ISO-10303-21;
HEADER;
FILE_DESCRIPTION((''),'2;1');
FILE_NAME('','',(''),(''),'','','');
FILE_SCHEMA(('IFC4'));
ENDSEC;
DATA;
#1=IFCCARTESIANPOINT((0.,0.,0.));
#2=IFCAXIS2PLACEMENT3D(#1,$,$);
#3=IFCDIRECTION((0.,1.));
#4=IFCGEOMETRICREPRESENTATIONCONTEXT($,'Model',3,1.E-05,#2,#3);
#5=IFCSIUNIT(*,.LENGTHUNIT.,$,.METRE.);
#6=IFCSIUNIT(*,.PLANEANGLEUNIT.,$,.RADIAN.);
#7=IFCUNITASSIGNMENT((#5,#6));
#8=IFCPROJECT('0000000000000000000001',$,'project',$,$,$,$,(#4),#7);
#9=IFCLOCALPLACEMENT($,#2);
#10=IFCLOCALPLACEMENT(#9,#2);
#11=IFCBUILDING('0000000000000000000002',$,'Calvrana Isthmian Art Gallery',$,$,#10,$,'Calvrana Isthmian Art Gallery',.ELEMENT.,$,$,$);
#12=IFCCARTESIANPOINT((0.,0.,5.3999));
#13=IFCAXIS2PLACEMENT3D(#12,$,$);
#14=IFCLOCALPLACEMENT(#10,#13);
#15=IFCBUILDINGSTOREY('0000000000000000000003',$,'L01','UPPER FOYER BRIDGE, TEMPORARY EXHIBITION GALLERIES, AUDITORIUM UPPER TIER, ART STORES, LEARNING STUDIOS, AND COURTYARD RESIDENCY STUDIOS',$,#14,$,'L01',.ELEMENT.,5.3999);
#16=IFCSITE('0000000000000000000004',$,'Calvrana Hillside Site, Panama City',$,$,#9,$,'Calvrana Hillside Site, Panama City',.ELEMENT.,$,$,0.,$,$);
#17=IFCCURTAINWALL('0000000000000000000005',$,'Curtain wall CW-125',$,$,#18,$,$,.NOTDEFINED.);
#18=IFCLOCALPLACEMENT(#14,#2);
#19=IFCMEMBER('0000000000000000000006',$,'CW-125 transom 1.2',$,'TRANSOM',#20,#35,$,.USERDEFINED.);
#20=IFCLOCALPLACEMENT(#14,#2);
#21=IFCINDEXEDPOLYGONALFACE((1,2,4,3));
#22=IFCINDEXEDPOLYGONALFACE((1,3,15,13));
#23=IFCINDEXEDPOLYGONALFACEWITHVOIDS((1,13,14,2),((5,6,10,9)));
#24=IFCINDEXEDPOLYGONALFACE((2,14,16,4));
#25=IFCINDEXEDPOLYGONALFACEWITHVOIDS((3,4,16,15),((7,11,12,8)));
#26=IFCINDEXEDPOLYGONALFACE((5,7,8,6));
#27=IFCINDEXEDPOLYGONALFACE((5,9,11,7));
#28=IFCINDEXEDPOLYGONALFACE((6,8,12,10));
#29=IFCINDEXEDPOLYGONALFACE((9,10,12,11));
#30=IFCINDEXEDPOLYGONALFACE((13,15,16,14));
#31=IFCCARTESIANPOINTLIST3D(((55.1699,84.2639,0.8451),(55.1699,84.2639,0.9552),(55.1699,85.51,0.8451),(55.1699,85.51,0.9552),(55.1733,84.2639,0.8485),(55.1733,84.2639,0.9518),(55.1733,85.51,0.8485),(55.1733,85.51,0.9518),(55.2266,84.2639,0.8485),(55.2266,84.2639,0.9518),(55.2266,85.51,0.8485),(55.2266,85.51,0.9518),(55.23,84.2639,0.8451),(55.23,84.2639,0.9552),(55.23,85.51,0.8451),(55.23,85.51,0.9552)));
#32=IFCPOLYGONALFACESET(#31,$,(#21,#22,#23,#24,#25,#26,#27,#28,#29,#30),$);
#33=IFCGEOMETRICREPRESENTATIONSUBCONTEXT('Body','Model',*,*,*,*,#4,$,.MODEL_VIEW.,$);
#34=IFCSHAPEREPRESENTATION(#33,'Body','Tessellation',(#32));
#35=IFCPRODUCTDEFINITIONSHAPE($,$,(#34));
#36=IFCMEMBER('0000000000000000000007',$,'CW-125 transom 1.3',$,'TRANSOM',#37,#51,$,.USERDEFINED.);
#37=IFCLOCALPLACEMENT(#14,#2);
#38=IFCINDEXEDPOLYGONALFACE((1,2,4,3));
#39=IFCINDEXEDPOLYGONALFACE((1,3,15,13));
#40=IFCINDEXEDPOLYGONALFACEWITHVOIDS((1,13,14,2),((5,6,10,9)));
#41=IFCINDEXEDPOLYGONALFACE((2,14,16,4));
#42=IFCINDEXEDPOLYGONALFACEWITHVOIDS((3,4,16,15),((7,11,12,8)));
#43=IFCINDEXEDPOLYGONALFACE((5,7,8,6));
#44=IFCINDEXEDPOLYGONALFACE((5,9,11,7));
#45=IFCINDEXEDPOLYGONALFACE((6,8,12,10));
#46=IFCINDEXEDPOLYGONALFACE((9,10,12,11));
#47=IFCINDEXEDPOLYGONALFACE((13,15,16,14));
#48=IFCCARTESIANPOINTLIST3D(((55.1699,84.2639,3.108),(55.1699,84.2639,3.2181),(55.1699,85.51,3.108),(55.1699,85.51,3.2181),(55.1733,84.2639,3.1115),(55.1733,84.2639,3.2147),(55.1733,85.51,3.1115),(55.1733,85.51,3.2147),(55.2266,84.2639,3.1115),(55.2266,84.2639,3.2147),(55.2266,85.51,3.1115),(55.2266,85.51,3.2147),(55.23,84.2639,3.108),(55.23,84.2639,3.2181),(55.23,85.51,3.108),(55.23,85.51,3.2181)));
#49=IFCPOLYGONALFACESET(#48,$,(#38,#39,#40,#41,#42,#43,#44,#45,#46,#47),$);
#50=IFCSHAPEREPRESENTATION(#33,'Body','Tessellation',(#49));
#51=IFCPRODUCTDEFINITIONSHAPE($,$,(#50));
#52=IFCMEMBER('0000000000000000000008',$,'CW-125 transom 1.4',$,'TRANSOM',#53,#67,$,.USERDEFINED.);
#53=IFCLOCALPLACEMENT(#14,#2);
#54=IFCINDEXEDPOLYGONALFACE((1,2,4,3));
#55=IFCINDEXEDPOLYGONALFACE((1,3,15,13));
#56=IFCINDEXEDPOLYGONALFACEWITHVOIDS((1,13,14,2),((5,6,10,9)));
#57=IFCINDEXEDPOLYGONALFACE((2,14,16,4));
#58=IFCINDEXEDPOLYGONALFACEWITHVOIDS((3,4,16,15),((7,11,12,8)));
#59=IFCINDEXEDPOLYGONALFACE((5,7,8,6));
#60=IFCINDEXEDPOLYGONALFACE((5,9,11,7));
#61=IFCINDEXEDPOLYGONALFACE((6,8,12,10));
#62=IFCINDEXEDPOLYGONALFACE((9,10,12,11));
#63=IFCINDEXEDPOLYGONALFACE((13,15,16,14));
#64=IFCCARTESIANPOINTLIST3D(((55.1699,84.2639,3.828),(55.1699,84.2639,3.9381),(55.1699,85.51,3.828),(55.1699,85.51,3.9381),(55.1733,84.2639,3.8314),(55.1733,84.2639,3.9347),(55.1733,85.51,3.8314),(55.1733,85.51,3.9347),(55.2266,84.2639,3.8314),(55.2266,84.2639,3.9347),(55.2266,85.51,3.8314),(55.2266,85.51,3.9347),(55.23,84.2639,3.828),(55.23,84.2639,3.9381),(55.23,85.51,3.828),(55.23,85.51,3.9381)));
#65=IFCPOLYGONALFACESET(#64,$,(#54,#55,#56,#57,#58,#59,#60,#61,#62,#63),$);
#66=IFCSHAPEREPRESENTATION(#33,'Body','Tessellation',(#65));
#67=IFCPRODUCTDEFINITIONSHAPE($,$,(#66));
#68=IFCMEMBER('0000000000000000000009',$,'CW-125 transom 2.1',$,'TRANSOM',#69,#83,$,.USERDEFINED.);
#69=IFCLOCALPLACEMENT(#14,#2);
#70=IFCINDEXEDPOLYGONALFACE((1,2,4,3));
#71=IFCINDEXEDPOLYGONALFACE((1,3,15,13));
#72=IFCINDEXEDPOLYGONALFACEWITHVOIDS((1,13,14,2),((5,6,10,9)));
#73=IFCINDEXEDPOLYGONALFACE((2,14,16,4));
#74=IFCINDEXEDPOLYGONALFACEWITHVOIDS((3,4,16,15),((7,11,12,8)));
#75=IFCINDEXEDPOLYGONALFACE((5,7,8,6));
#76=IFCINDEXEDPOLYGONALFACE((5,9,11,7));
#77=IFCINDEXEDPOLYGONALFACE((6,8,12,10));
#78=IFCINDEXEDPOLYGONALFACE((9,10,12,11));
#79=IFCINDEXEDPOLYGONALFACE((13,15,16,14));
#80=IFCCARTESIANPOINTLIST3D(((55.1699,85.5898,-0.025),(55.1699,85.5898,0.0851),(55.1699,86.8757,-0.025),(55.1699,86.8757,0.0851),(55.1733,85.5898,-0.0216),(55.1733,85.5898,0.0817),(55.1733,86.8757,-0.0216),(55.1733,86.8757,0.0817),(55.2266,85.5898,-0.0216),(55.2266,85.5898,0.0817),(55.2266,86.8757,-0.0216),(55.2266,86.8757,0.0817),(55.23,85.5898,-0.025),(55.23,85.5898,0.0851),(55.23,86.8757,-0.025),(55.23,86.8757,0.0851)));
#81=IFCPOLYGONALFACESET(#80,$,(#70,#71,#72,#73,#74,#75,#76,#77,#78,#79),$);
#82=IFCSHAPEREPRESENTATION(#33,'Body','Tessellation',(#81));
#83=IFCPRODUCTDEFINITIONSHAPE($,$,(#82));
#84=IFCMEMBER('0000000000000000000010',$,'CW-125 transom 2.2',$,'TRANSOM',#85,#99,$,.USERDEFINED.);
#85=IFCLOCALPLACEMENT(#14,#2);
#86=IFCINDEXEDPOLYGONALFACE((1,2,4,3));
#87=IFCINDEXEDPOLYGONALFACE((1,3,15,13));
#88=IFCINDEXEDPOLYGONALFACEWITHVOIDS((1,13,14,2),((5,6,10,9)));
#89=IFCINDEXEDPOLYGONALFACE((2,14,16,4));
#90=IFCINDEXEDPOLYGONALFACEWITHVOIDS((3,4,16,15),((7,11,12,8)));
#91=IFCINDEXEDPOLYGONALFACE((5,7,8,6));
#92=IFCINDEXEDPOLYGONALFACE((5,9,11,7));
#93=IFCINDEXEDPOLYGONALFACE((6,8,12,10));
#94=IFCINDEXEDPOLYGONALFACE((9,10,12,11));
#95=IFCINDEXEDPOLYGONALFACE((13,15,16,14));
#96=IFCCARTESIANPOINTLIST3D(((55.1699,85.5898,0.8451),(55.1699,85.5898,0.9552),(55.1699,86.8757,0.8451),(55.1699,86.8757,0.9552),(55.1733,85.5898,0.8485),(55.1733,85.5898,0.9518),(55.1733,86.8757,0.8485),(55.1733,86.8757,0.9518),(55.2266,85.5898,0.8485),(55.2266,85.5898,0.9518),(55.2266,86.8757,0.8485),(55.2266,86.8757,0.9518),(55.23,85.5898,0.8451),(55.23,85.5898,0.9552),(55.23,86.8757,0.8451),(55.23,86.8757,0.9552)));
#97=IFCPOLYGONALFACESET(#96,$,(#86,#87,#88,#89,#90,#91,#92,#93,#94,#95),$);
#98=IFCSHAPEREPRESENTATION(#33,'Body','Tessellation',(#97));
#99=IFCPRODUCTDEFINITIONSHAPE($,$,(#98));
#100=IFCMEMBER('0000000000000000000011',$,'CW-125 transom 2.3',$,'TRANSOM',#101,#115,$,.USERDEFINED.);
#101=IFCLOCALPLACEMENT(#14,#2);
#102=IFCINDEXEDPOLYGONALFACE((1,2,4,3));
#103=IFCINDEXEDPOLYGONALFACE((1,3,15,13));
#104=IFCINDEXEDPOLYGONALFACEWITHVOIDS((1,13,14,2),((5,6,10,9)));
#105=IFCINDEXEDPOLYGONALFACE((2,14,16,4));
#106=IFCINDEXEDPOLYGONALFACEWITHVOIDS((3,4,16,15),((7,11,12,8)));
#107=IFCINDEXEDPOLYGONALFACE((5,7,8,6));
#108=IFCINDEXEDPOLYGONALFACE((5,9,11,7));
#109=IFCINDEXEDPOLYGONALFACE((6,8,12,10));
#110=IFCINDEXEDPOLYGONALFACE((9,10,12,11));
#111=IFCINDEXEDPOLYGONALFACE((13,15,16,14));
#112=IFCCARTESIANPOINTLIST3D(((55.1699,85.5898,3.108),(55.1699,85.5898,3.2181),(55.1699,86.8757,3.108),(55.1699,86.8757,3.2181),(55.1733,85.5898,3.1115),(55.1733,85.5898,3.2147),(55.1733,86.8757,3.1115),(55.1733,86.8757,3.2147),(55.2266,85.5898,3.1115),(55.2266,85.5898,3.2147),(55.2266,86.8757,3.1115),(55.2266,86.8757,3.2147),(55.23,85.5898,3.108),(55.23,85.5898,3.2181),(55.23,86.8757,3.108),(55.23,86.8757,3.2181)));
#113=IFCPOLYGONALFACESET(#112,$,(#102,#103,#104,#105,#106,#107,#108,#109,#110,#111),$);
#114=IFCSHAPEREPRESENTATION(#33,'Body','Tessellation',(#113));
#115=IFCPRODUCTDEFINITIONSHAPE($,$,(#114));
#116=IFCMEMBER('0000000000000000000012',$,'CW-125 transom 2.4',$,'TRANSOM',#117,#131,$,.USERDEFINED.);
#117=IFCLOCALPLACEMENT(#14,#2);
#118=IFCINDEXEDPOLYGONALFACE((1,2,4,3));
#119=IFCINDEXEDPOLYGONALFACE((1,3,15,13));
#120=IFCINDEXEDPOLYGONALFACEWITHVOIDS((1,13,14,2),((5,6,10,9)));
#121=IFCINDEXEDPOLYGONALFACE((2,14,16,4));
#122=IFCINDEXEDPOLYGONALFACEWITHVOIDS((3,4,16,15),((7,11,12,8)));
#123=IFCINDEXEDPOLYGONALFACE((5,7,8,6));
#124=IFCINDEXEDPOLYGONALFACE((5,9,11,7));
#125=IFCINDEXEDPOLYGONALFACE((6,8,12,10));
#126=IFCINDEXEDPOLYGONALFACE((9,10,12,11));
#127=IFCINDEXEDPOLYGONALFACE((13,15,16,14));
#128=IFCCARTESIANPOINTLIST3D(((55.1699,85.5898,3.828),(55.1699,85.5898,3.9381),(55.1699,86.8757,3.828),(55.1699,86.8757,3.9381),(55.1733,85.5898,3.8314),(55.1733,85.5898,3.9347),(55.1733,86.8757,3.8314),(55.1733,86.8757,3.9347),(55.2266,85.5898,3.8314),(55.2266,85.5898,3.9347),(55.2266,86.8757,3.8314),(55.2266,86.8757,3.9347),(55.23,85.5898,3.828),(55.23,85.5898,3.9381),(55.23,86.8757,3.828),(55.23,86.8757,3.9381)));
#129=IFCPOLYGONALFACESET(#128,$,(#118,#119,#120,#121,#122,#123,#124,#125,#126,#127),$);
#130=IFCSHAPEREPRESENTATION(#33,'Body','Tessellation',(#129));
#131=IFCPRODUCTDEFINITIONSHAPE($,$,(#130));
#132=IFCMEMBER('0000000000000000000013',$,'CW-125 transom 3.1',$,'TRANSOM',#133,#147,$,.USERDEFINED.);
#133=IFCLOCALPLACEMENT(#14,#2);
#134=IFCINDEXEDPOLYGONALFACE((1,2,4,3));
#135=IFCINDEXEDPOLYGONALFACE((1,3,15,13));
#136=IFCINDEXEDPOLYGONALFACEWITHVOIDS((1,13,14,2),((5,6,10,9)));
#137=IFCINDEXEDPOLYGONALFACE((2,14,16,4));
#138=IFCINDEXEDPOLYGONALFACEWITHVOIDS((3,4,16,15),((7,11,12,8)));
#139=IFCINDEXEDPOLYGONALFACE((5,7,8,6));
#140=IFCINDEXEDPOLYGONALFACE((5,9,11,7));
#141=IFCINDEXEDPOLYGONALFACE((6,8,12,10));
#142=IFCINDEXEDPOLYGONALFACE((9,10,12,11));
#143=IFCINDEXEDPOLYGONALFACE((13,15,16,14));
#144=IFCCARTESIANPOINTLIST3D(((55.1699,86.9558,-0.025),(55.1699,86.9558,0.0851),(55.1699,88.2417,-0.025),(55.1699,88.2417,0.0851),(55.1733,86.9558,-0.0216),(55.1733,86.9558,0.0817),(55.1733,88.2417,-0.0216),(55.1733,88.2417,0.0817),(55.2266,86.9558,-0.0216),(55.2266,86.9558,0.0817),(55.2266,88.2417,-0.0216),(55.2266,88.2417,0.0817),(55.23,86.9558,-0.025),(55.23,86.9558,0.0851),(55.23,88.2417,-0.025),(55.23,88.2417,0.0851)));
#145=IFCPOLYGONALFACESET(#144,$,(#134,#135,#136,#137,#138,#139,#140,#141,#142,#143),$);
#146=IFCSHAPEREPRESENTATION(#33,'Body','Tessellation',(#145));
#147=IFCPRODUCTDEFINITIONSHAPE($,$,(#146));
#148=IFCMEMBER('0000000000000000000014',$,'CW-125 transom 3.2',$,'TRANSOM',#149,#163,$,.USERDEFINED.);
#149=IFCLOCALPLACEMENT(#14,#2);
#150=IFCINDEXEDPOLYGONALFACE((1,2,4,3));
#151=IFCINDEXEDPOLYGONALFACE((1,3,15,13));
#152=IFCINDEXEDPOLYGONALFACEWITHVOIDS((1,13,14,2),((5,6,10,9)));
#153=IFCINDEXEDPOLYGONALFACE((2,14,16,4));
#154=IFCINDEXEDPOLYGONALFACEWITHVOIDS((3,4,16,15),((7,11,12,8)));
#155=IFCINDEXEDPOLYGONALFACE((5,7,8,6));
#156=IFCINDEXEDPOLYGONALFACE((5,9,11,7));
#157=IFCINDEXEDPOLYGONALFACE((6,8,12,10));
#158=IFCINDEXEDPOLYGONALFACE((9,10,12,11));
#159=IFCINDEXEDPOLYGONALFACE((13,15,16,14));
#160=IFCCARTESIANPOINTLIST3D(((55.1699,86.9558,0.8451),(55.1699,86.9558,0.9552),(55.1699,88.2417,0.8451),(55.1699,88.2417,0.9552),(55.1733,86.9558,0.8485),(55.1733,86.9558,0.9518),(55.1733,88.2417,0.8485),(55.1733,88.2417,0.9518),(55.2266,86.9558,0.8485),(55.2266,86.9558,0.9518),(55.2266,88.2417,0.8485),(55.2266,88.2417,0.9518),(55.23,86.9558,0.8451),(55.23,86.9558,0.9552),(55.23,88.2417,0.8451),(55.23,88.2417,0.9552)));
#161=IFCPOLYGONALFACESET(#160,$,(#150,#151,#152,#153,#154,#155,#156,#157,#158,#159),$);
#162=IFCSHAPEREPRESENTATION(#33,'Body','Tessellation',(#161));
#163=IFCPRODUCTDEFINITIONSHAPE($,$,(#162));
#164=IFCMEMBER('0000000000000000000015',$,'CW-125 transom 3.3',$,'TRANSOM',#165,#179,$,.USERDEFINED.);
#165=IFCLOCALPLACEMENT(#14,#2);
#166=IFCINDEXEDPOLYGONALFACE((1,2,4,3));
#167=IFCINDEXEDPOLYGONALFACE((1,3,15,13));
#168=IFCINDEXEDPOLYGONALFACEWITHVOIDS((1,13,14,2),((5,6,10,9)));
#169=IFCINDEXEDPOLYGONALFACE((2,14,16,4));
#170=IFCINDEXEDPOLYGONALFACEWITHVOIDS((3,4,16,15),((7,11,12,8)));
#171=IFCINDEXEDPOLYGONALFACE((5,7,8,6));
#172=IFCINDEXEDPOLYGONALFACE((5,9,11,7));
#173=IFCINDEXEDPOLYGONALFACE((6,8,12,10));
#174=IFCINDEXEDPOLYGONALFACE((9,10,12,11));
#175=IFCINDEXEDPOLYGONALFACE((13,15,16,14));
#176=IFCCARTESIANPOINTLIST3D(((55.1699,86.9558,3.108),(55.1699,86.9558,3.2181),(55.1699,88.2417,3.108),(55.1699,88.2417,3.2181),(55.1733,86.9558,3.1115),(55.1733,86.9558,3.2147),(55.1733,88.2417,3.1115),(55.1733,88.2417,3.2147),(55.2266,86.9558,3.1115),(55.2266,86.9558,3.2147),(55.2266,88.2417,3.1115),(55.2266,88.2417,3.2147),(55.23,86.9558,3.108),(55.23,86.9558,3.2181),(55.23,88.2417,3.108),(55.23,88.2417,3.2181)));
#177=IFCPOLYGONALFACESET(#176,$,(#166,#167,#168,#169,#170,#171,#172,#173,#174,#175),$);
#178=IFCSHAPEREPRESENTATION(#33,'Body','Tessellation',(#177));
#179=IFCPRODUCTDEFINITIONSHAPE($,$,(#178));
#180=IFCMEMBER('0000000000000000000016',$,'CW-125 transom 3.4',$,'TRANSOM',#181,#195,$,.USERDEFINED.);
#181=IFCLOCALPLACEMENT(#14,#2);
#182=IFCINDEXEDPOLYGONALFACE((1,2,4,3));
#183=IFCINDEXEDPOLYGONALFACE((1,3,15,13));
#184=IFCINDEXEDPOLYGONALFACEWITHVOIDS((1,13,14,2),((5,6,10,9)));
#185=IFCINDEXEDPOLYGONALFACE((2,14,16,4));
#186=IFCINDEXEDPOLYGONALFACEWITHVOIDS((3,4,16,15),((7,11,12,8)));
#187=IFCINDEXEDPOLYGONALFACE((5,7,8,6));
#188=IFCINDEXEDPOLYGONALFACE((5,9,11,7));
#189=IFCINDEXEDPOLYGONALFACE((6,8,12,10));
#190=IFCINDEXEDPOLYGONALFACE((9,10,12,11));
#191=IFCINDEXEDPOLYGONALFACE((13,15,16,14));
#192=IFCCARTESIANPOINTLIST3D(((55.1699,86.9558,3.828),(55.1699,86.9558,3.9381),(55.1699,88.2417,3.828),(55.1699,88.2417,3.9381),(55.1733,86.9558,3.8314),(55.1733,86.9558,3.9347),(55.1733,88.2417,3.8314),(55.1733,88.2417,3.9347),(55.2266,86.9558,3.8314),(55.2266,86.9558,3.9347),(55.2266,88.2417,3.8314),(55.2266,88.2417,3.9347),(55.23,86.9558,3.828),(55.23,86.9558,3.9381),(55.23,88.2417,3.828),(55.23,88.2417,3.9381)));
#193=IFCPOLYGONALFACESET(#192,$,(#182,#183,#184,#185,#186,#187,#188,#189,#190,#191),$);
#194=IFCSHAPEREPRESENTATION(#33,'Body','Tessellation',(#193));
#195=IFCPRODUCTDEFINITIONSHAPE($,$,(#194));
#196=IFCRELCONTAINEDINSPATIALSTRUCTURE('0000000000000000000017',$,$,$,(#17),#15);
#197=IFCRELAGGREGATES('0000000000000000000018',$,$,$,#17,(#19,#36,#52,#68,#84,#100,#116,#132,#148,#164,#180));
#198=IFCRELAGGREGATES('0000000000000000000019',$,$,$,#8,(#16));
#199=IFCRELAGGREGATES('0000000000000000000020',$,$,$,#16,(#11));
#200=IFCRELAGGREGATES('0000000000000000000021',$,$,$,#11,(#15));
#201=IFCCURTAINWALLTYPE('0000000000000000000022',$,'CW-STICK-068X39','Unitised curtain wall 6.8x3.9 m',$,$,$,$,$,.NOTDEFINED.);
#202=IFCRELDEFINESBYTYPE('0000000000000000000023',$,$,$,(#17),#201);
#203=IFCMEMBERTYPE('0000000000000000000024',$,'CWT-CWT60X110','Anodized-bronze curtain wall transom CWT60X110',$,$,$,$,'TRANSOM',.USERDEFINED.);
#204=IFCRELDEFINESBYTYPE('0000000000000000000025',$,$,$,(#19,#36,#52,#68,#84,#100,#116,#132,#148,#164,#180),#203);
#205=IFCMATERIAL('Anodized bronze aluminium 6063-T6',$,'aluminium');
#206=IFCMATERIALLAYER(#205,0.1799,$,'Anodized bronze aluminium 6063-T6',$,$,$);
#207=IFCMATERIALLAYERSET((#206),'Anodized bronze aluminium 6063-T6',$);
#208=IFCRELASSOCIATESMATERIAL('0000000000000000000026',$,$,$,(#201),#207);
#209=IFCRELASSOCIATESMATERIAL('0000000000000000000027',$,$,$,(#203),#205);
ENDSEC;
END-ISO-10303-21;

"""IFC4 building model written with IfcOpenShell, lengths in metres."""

from ifc_helpers import new_model, si_unit, direction, frame, origin, origin_2d, place, context, subcontext, project, spatial, hollow_rectangle, extrude, material, layer, layer_set, material_profile, profile_set, type_object, element, aggregate, save


model = new_model("IFC4")

# Units and contexts
model_context = context("Model", 3, precision=1e-05, world=origin(), true_north=direction((0.0, 1.0)))
body_context = subcontext(model_context, "Body", "Model", "MODEL_VIEW")
ifc_project = project(units=[si_unit("LENGTHUNIT", "METRE"), si_unit("PLANEANGLEUNIT", "RADIAN")], contexts=[model_context])

# Site, building, storey
site_placement = place(None, origin())
site = spatial("IfcSite", under=ifc_project, at=site_placement, Name="Calvrana Hillside Site, Panama City", LongName="Calvrana Hillside Site, Panama City", CompositionType="ELEMENT", RefElevation=0.0)
building_placement = place(site_placement, origin())
building = spatial("IfcBuilding", under=site, at=building_placement, Name="Calvrana Isthmian Art Gallery", LongName="Calvrana Isthmian Art Gallery", CompositionType="ELEMENT")
storey_placement = place(building_placement, frame((0.0, 0.0, 5.3999)))
storey = spatial("IfcBuildingStorey", under=building, at=storey_placement, Name="L01", Description="UPPER FOYER BRIDGE, TEMPORARY EXHIBITION GALLERIES, AUDITORIUM UPPER TIER, ART STORES, LEARNING STUDIOS, AND COURTYARD RESIDENCY STUDIOS", LongName="L01", CompositionType="ELEMENT", Elevation=5.3999)

# Shared definitions
ifc_material_1 = material(Name="Anodized bronze aluminium 6063-T6", Category="aluminium")
ifc_layer_1 = layer(ifc_material_1, 0.1799, Name="Anodized bronze aluminium 6063-T6")
ifc_layer_set_1 = layer_set([ifc_layer_1], Name="Anodized bronze aluminium 6063-T6")
curtain_wall_type = type_object("IfcCurtainWallType", Name="CW-STICK-068X39", Description="Unitised curtain wall 6.8x3.9 m", PredefinedType="NOTDEFINED", material=ifc_layer_set_1)

# Curtain wall, members
curtain_wall_1_placement = place(storey_placement, origin())
curtain_wall_1 = element("IfcCurtainWall", 1, at=curtain_wall_1_placement, inside=storey, type_object=curtain_wall_type, Name="Curtain wall CW-125", PredefinedType="NOTDEFINED")
ifc_material_profile_1 = material_profile(ifc_material_1, hollow_rectangle(XDim=0.0601, YDim=0.1101, WallThickness=0.0034, at=origin_2d()), Name="CWT60X110")
ifc_profile_set_1 = profile_set([ifc_material_profile_1], Name="Anodized bronze aluminium 6063-T6")
member_type_1 = type_object("IfcMemberType", Name="CWT-CWT60X110", Description="Anodized-bronze curtain wall transom CWT60X110", ElementType="TRANSOM", PredefinedType="USERDEFINED", material=ifc_profile_set_1)
member_1_placement = place(storey_placement, frame((55.2, 84.2639, 0.9001), z_axis=(0.0, 1.0, 0.0), x_axis=(-1.0, 0.0, 0.0)))
member_1 = element("IfcMember", 2, at=member_1_placement, type_object=member_type_1, Name="CW-125 transom 1.2", ObjectType="TRANSOM", PredefinedType="USERDEFINED", context=body_context, shape_type="SweptSolid", body=[
    extrude(hollow_rectangle(XDim=0.0601, YDim=0.1101, WallThickness=0.0034, at=origin_2d()), origin(), (0.0, 0.0, 1.0), 1.2461),
])
member_2_placement = place(storey_placement, frame((55.2, 84.2639, 3.1631), z_axis=(0.0, 1.0, 0.0), x_axis=(-1.0, 0.0, 0.0)))
member_2 = element("IfcMember", 3, at=member_2_placement, type_object=member_type_1, Name="CW-125 transom 1.3", ObjectType="TRANSOM", PredefinedType="USERDEFINED", context=body_context, shape_type="SweptSolid", body=[
    extrude(hollow_rectangle(XDim=0.0601, YDim=0.1101, WallThickness=0.0034, at=origin_2d()), origin(), (0.0, 0.0, 1.0), 1.2461),
])
member_3_placement = place(storey_placement, frame((55.2, 84.2639, 3.8831), z_axis=(0.0, 1.0, 0.0), x_axis=(-1.0, 0.0, 0.0)))
member_3 = element("IfcMember", 4, at=member_3_placement, type_object=member_type_1, Name="CW-125 transom 1.4", ObjectType="TRANSOM", PredefinedType="USERDEFINED", context=body_context, shape_type="SweptSolid", body=[
    extrude(hollow_rectangle(XDim=0.0601, YDim=0.1101, WallThickness=0.0034, at=origin_2d()), origin(), (0.0, 0.0, 1.0), 1.2461),
])
member_4_placement = place(storey_placement, frame((55.2, 85.5898, 0.03), z_axis=(0.0, 1.0, 0.0), x_axis=(-1.0, 0.0, 0.0)))
member_4 = element("IfcMember", 5, at=member_4_placement, type_object=member_type_1, Name="CW-125 transom 2.1", ObjectType="TRANSOM", PredefinedType="USERDEFINED", context=body_context, shape_type="SweptSolid", body=[
    extrude(hollow_rectangle(XDim=0.0601, YDim=0.1101, WallThickness=0.0034, at=origin_2d()), origin(), (0.0, 0.0, 1.0), 1.2859),
])
member_5_placement = place(storey_placement, frame((55.2, 85.5898, 0.9001), z_axis=(0.0, 1.0, 0.0), x_axis=(-1.0, 0.0, 0.0)))
member_5 = element("IfcMember", 6, at=member_5_placement, type_object=member_type_1, Name="CW-125 transom 2.2", ObjectType="TRANSOM", PredefinedType="USERDEFINED", context=body_context, shape_type="SweptSolid", body=[
    extrude(hollow_rectangle(XDim=0.0601, YDim=0.1101, WallThickness=0.0034, at=origin_2d()), origin(), (0.0, 0.0, 1.0), 1.2859),
])
member_6_placement = place(storey_placement, frame((55.2, 85.5898, 3.1631), z_axis=(0.0, 1.0, 0.0), x_axis=(-1.0, 0.0, 0.0)))
member_6 = element("IfcMember", 7, at=member_6_placement, type_object=member_type_1, Name="CW-125 transom 2.3", ObjectType="TRANSOM", PredefinedType="USERDEFINED", context=body_context, shape_type="SweptSolid", body=[
    extrude(hollow_rectangle(XDim=0.0601, YDim=0.1101, WallThickness=0.0034, at=origin_2d()), origin(), (0.0, 0.0, 1.0), 1.2859),
])
member_7_placement = place(storey_placement, frame((55.2, 85.5898, 3.8831), z_axis=(0.0, 1.0, 0.0), x_axis=(-1.0, 0.0, 0.0)))
member_7 = element("IfcMember", 8, at=member_7_placement, type_object=member_type_1, Name="CW-125 transom 2.4", ObjectType="TRANSOM", PredefinedType="USERDEFINED", context=body_context, shape_type="SweptSolid", body=[
    extrude(hollow_rectangle(XDim=0.0601, YDim=0.1101, WallThickness=0.0034, at=origin_2d()), origin(), (0.0, 0.0, 1.0), 1.2859),
])
member_8_placement = place(storey_placement, frame((55.2, 86.9558, 0.03), z_axis=(0.0, 1.0, 0.0), x_axis=(-1.0, 0.0, 0.0)))
member_8 = element("IfcMember", 9, at=member_8_placement, type_object=member_type_1, Name="CW-125 transom 3.1", ObjectType="TRANSOM", PredefinedType="USERDEFINED", context=body_context, shape_type="SweptSolid", body=[
    extrude(hollow_rectangle(XDim=0.0601, YDim=0.1101, WallThickness=0.0034, at=origin_2d()), origin(), (0.0, 0.0, 1.0), 1.2859),
])
member_9_placement = place(storey_placement, frame((55.2, 86.9558, 0.9001), z_axis=(0.0, 1.0, 0.0), x_axis=(-1.0, 0.0, 0.0)))
member_9 = element("IfcMember", 10, at=member_9_placement, type_object=member_type_1, Name="CW-125 transom 3.2", ObjectType="TRANSOM", PredefinedType="USERDEFINED", context=body_context, shape_type="SweptSolid", body=[
    extrude(hollow_rectangle(XDim=0.0601, YDim=0.1101, WallThickness=0.0034, at=origin_2d()), origin(), (0.0, 0.0, 1.0), 1.2859),
])
member_10_placement = place(storey_placement, frame((55.2, 86.9558, 3.1631), z_axis=(0.0, 1.0, 0.0), x_axis=(-1.0, 0.0, 0.0)))
member_10 = element("IfcMember", 11, at=member_10_placement, type_object=member_type_1, Name="CW-125 transom 3.3", ObjectType="TRANSOM", PredefinedType="USERDEFINED", context=body_context, shape_type="SweptSolid", body=[
    extrude(hollow_rectangle(XDim=0.0601, YDim=0.1101, WallThickness=0.0034, at=origin_2d()), origin(), (0.0, 0.0, 1.0), 1.2859),
])
member_11_placement = place(storey_placement, frame((55.2, 86.9558, 3.8831), z_axis=(0.0, 1.0, 0.0), x_axis=(-1.0, 0.0, 0.0)))
member_11 = element("IfcMember", 12, at=member_11_placement, type_object=member_type_1, Name="CW-125 transom 3.4", ObjectType="TRANSOM", PredefinedType="USERDEFINED", context=body_context, shape_type="SweptSolid", body=[
    extrude(hollow_rectangle(XDim=0.0601, YDim=0.1101, WallThickness=0.0034, at=origin_2d()), origin(), (0.0, 0.0, 1.0), 1.2859),
])

aggregate(curtain_wall_1, [member_1, member_2, member_3, member_4, member_5, member_6, member_7, member_8, member_9, member_10, member_11])

save(model, "model.ifc")
